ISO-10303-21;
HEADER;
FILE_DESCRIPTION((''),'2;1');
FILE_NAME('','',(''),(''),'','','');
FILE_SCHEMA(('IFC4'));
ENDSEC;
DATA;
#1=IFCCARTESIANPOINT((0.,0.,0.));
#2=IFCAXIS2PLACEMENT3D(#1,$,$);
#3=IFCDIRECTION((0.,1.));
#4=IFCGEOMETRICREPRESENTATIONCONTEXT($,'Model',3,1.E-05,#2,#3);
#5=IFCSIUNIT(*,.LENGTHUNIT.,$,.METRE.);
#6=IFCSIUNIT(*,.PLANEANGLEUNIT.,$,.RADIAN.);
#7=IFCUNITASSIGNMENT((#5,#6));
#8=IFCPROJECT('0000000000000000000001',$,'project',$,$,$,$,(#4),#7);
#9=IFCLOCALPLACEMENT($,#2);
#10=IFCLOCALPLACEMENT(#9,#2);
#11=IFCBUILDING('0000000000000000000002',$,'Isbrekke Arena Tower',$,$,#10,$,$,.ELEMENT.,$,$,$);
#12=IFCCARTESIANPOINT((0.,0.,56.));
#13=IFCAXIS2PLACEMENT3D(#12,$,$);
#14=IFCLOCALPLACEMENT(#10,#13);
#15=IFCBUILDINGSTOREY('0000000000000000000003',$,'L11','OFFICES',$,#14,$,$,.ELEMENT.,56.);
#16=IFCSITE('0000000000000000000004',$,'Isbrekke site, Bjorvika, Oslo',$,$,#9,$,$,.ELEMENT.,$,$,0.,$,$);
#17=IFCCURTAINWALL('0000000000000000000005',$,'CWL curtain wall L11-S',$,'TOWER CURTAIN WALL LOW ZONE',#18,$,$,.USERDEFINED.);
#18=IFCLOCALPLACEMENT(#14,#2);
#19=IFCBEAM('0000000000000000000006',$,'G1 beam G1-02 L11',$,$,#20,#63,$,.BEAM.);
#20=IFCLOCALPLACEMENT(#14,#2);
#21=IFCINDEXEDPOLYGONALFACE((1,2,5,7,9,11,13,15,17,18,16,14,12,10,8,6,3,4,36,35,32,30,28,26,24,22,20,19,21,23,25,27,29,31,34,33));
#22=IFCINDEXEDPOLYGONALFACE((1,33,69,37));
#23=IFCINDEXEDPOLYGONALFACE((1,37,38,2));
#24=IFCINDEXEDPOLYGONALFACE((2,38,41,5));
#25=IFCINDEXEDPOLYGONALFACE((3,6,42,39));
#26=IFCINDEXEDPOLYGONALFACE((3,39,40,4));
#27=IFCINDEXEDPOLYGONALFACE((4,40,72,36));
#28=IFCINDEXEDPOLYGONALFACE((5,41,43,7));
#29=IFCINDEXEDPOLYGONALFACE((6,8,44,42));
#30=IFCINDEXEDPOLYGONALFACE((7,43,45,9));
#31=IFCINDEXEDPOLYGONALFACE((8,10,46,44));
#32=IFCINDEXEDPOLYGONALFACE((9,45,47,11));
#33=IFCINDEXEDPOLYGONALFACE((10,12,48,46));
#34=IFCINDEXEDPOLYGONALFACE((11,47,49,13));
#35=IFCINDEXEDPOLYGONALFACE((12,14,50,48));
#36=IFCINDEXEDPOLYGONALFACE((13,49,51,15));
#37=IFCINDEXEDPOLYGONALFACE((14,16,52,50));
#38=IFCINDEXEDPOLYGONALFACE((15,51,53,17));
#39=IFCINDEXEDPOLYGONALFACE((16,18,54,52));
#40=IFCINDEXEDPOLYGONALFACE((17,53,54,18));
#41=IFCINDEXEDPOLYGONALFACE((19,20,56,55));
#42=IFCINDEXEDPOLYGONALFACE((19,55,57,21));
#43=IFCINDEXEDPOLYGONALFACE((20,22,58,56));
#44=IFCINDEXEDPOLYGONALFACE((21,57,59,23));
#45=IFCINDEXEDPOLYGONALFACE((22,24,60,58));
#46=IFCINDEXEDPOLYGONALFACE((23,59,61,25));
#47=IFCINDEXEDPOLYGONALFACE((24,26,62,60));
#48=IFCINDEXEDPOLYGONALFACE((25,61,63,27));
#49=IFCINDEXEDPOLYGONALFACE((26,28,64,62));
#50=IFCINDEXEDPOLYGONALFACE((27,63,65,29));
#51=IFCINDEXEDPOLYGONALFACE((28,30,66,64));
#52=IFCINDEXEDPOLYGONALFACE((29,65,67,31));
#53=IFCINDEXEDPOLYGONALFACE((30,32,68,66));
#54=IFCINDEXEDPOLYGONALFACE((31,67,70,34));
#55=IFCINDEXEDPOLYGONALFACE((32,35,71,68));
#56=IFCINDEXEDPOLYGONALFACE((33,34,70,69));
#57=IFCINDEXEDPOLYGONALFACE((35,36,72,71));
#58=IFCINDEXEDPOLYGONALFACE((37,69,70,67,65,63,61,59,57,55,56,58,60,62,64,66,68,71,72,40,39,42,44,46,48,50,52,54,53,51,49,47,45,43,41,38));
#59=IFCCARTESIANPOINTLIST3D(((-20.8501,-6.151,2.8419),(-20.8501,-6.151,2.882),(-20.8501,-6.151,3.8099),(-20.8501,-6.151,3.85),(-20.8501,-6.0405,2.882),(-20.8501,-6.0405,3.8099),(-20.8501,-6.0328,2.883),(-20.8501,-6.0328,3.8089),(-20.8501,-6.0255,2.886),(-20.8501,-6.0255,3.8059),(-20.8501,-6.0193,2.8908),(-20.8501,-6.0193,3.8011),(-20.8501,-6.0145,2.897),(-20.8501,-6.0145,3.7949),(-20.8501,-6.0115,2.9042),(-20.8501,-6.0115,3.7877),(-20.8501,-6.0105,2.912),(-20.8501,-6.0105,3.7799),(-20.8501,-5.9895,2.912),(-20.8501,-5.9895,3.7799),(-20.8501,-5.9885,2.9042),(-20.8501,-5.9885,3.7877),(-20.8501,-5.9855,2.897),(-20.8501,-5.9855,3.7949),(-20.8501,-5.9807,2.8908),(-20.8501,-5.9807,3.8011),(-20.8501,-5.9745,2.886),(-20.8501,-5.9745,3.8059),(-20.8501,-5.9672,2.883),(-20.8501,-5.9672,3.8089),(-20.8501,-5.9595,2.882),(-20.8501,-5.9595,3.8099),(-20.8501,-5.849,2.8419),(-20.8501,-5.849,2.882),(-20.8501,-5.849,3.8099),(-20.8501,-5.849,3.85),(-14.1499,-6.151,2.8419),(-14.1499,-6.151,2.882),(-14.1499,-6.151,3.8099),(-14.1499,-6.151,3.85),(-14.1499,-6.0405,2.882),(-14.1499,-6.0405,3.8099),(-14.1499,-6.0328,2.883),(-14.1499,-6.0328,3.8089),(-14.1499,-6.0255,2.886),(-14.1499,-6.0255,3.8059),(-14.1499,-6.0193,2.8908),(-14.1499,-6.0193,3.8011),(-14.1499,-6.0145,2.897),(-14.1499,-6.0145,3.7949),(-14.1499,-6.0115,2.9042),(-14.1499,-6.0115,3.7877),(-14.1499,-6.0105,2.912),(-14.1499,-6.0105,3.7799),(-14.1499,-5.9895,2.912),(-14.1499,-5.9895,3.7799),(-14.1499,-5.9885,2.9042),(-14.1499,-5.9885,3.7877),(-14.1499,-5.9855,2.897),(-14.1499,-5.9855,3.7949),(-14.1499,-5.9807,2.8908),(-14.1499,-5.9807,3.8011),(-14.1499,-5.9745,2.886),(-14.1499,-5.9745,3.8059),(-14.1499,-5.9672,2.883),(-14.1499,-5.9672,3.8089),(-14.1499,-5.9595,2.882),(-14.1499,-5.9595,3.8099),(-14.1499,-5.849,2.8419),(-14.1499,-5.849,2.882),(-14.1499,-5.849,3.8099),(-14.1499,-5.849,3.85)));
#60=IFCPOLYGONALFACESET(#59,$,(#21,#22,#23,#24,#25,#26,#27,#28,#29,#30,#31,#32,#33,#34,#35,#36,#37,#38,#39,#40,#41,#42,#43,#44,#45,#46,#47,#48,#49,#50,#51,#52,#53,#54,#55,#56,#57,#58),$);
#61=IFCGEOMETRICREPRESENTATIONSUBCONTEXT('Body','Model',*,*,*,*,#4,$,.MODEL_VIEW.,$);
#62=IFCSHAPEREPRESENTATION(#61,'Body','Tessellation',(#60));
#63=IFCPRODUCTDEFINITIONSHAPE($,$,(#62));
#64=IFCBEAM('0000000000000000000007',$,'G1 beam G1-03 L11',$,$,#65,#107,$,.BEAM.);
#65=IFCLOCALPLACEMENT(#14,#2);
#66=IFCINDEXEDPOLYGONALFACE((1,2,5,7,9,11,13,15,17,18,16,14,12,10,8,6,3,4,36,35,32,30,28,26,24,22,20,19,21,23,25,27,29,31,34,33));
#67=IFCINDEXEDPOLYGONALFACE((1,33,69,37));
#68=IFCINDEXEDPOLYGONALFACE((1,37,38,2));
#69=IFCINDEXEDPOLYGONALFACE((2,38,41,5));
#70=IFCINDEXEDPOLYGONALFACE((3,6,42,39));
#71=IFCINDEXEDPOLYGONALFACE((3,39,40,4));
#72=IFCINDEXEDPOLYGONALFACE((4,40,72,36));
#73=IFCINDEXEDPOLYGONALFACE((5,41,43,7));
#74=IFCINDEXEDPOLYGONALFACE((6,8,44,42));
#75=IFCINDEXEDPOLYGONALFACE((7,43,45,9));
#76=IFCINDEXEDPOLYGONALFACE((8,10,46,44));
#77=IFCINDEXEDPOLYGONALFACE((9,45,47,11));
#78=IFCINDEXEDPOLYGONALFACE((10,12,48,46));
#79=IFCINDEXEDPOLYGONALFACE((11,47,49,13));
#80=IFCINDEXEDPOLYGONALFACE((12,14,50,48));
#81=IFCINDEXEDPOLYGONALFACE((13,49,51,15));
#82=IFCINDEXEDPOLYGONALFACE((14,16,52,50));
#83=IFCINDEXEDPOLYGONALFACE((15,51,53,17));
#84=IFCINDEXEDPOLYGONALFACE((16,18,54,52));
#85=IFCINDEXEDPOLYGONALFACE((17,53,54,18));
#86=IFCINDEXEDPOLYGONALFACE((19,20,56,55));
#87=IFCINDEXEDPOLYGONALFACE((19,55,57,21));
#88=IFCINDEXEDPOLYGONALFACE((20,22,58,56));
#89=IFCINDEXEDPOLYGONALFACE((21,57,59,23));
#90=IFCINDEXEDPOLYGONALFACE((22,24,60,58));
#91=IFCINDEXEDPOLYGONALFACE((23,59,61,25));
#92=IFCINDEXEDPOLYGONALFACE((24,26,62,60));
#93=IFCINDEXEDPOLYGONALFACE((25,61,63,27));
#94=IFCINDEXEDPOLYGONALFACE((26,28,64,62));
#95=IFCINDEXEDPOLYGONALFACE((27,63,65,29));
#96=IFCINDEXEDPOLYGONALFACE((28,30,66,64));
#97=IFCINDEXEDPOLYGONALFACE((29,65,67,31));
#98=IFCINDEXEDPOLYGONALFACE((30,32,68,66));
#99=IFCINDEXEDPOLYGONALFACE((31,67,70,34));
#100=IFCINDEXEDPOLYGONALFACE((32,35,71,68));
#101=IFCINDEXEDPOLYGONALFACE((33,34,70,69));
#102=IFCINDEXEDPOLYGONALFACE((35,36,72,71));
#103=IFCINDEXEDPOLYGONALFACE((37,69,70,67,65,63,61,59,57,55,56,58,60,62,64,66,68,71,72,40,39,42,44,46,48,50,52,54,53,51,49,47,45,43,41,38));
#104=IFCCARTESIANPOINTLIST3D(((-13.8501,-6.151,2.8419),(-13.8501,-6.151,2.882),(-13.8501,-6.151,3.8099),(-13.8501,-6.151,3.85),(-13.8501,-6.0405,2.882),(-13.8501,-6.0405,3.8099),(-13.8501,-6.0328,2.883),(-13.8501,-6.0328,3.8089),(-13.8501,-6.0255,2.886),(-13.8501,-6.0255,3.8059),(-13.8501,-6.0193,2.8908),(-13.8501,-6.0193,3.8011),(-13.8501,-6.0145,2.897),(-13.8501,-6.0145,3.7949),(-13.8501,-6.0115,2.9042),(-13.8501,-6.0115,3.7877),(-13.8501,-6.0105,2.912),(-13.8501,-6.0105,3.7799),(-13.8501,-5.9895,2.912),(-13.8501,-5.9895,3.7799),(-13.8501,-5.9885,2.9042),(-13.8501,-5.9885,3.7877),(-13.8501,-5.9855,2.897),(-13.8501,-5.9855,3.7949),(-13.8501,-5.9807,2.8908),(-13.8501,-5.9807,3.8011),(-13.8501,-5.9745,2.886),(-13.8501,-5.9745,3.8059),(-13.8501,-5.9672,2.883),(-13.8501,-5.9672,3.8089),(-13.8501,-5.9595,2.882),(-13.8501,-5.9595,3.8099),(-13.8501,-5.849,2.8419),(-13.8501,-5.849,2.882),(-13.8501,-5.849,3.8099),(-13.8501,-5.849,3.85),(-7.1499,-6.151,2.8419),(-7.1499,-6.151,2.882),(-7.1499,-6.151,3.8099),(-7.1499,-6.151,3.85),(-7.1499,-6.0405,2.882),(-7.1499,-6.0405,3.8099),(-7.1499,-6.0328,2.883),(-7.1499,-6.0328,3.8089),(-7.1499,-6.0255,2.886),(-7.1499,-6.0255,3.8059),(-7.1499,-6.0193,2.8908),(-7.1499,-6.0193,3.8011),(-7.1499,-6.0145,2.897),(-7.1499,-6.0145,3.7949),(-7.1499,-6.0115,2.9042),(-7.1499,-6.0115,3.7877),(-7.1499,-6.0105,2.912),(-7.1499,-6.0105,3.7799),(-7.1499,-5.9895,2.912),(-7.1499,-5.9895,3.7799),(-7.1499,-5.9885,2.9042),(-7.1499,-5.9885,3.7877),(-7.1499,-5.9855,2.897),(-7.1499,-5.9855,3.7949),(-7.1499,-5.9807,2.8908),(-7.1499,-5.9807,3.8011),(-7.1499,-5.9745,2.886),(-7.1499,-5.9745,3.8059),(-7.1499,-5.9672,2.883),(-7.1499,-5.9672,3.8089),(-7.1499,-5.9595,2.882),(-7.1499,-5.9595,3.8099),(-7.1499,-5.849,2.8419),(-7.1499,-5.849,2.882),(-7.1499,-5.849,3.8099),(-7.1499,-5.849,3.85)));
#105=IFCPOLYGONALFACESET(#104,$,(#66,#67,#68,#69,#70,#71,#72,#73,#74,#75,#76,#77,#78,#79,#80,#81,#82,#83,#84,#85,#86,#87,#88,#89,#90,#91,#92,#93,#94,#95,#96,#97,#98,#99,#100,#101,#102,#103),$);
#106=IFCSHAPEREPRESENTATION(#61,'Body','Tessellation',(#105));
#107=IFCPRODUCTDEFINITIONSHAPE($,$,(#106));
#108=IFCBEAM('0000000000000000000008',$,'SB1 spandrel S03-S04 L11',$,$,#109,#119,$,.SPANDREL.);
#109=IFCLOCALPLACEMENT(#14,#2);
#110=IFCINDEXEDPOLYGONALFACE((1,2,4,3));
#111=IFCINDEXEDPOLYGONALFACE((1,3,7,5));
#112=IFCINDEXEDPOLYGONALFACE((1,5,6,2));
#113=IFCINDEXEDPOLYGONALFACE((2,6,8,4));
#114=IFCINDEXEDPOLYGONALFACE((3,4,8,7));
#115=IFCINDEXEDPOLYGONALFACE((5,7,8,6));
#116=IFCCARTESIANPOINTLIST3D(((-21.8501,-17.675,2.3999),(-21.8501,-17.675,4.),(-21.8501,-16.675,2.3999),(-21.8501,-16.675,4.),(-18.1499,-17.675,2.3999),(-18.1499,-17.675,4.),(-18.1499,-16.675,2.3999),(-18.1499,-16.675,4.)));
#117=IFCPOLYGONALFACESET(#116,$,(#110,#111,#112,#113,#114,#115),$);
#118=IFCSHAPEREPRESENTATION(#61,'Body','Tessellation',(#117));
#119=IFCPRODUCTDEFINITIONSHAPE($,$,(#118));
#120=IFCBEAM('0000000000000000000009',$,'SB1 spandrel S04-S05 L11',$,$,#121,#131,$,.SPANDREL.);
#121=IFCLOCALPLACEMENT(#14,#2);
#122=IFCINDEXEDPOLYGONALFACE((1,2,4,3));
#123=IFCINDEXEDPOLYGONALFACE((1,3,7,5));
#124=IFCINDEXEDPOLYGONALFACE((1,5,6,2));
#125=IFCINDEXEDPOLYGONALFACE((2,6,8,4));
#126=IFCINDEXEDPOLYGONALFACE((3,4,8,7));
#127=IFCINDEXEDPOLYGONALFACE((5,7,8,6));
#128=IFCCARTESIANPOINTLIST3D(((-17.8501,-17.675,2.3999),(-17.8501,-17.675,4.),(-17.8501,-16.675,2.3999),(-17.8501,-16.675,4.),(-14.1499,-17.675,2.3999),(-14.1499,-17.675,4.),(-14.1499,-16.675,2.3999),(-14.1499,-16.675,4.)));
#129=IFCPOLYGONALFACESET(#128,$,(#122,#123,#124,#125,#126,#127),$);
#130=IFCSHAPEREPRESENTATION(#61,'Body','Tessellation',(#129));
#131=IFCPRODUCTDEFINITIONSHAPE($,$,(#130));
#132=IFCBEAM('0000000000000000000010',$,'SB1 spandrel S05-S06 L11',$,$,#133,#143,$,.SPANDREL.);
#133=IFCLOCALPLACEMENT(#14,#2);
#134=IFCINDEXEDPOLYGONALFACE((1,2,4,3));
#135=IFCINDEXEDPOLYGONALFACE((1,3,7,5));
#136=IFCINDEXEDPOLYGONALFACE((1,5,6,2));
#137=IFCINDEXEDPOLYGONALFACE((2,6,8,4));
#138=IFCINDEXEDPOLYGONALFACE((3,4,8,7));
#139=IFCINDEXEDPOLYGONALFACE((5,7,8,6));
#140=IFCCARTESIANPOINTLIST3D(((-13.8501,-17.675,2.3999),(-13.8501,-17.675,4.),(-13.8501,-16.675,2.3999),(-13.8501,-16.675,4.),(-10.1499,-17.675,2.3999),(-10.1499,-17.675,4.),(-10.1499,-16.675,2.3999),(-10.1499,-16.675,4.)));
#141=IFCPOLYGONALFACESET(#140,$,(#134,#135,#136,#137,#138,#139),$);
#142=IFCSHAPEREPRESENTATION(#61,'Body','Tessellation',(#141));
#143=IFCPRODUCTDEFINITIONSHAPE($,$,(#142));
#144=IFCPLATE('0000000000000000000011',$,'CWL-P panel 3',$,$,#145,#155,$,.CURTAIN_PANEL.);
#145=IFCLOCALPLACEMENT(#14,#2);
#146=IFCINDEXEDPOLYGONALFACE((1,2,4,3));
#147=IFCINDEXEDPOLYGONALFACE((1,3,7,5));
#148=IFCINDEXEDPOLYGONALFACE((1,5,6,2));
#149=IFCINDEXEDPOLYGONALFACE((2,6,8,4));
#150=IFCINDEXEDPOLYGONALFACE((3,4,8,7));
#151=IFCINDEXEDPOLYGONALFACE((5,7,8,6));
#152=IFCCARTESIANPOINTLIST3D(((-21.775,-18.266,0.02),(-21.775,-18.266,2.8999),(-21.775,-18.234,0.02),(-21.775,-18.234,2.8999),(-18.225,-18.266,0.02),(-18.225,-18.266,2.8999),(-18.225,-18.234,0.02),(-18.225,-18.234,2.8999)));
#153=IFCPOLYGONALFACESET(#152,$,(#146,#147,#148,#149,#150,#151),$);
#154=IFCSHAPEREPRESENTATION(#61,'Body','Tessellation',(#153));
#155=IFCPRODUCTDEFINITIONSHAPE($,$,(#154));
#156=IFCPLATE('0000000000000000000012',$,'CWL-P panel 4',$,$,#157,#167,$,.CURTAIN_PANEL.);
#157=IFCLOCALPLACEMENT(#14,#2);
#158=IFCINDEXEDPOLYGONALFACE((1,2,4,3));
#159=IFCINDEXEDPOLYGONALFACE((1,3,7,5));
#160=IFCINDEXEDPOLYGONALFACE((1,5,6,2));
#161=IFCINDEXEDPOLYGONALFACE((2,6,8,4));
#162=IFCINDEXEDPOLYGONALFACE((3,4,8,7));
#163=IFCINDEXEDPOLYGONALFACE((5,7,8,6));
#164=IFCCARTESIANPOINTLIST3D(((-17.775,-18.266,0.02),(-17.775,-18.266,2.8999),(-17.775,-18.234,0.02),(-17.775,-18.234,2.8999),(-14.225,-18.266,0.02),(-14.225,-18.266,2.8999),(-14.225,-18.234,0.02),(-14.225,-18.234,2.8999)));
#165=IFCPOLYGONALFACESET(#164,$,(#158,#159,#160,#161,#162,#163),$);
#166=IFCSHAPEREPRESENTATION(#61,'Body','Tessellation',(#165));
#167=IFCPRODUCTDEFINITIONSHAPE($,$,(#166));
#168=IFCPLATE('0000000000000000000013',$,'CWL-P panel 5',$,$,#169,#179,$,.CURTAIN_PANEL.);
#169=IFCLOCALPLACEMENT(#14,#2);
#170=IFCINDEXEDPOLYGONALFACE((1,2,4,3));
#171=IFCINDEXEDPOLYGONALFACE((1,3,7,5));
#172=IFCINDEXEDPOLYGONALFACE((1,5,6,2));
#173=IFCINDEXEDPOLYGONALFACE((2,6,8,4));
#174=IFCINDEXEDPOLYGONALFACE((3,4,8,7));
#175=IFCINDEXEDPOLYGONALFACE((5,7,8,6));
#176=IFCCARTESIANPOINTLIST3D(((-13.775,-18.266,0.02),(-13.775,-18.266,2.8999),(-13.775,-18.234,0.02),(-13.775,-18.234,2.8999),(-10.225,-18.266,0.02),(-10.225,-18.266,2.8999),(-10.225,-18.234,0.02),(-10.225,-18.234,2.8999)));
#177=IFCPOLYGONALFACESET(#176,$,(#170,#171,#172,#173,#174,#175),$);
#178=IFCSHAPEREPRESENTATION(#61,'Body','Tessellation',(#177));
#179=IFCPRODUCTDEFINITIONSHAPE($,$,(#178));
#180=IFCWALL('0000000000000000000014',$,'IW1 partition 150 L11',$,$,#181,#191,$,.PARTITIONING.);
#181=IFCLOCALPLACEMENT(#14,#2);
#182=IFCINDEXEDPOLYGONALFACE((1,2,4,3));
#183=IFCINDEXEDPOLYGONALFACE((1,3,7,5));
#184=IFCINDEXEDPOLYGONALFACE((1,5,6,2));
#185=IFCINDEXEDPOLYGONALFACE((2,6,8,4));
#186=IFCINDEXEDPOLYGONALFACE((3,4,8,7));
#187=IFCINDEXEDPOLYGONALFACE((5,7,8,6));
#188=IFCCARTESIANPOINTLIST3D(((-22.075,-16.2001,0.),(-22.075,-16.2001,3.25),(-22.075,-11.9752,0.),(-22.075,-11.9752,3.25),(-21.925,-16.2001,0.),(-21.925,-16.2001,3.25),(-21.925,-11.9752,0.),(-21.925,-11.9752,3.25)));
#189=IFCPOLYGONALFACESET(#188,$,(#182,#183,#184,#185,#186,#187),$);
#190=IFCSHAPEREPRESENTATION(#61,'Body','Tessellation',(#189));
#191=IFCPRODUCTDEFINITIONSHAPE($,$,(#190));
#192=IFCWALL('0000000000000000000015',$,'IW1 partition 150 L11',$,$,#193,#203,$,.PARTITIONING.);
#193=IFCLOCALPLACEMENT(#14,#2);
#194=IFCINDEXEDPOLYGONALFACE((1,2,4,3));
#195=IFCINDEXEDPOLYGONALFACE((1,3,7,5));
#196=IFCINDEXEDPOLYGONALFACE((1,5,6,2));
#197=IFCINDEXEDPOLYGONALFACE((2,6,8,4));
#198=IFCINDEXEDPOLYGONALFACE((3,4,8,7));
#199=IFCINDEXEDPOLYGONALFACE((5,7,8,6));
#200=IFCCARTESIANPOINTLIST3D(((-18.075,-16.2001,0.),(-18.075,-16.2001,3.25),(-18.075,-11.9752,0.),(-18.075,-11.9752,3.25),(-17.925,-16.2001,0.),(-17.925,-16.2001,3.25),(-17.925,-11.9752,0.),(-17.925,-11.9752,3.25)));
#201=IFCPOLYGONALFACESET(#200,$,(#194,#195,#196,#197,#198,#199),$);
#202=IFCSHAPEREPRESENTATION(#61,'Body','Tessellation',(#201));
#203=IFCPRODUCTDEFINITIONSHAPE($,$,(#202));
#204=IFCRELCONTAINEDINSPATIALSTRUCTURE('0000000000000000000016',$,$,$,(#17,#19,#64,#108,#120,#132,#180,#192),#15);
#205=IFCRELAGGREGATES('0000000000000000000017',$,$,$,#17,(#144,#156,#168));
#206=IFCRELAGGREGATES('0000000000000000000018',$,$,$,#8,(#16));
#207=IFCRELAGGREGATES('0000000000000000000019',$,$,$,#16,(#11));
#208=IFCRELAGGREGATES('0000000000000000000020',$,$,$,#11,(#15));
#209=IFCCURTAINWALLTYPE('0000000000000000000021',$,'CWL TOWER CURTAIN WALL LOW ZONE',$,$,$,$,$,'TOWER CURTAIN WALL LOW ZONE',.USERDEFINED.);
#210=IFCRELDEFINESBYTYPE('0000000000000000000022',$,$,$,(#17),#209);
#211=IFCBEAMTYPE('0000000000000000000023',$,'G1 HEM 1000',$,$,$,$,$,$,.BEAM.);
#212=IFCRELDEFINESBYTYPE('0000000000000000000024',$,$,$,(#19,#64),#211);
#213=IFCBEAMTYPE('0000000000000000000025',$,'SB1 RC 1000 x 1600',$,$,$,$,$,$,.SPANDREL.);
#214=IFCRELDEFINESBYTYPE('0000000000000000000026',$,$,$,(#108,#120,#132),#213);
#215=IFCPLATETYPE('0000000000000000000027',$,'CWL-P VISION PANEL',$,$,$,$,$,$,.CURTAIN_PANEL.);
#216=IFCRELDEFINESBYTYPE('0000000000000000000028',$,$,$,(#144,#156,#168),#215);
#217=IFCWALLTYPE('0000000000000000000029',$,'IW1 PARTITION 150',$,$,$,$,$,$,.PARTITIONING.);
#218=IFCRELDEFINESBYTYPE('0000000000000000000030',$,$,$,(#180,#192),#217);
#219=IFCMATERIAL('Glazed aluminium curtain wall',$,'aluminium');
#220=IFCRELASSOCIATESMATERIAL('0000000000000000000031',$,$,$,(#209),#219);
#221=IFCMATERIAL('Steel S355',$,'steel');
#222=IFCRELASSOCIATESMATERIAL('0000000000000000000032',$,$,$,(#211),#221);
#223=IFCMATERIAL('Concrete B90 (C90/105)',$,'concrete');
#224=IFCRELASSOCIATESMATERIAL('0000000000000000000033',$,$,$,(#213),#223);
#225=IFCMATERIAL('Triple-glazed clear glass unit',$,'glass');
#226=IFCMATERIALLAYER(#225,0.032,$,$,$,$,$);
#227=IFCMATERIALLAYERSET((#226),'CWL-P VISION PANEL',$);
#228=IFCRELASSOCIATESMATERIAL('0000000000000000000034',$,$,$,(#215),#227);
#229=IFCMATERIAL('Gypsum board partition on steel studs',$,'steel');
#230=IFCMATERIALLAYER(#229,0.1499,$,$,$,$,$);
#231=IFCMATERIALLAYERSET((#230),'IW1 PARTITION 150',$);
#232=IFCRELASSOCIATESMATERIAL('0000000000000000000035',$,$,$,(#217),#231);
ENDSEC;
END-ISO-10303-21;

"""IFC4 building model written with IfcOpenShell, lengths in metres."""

from ifc_helpers import new_model, si_unit, direction, frame, frame_2d, origin, origin_2d, place, context, subcontext, project, spatial, rectangle, i_section, extrude, material, layer, layer_set, material_profile, profile_set, type_object, element, aggregate, save


model = new_model("IFC4")

# Units and contexts
model_context = context("Model", 3, precision=1e-05, world=origin(), true_north=direction((0.0, 1.0)))
body_context = subcontext(model_context, "Body", "Model", "MODEL_VIEW")
ifc_project = project(units=[si_unit("LENGTHUNIT", "METRE"), si_unit("PLANEANGLEUNIT", "RADIAN")], contexts=[model_context])

# Site, building, storey
site_placement = place(None, origin())
site = spatial("IfcSite", under=ifc_project, at=site_placement, Name="Isbrekke site, Bjorvika, Oslo", CompositionType="ELEMENT", RefElevation=0.0)
building_placement = place(site_placement, origin())
building = spatial("IfcBuilding", under=site, at=building_placement, Name="Isbrekke Arena Tower", CompositionType="ELEMENT")
storey_placement = place(building_placement, frame((0.0, 0.0, 56.0)))
storey = spatial("IfcBuildingStorey", under=building, at=storey_placement, Name="L11", Description="OFFICES", CompositionType="ELEMENT", Elevation=56.0)

# Curtain wall
ifc_material_1 = material(Name="Glazed aluminium curtain wall", Category="aluminium")
curtain_wall_type = type_object("IfcCurtainWallType", Name="CWL TOWER CURTAIN WALL LOW ZONE", ElementType="TOWER CURTAIN WALL LOW ZONE", PredefinedType="USERDEFINED", material=ifc_material_1)
curtain_wall_placement = place(storey_placement, origin())
curtain_wall = element("IfcCurtainWall", 1, at=curtain_wall_placement, inside=storey, type_object=curtain_wall_type, Name="CWL curtain wall L11-S", ObjectType="TOWER CURTAIN WALL LOW ZONE", PredefinedType="USERDEFINED")

# Beams
ifc_material_2 = material(Name="Steel S355", Category="steel")
ifc_material_profile_1 = material_profile(ifc_material_2, i_section(OverallWidth=0.302, OverallDepth=1.0081, WebThickness=0.021, FlangeThickness=0.04, FilletRadius=0.03, at=origin_2d()), Name="HEM 1000")
ifc_profile_set_1 = profile_set([ifc_material_profile_1], Name="Steel S355")
beam_type_1 = type_object("IfcBeamType", Name="G1 HEM 1000", PredefinedType="BEAM", material=ifc_profile_set_1)
for number, where, z_axis, x_axis, name in (
    (2, (-20.8501, -6.0, 3.3459), (1.0, 0.0, 0.0), (0.0, 1.0, 0.0), "G1 beam G1-02 L11"),
    (3, (-13.8501, -6.0, 3.3459), (1.0, 0.0, 0.0), (0.0, 1.0, 0.0), "G1 beam G1-03 L11"),
):
    element("IfcBeam", number, at=place(storey_placement, frame(where, z_axis=z_axis, x_axis=x_axis)), inside=storey, type_object=beam_type_1, Name=name, PredefinedType="BEAM", context=body_context, shape_type="SweptSolid", body=[
        extrude(i_section(OverallWidth=0.302, OverallDepth=1.0081, WebThickness=0.021, FlangeThickness=0.04, FilletRadius=0.03, at=origin_2d()), origin(), (0.0, 0.0, 1.0), 6.7002),
    ])
ifc_material_3 = material(Name="Concrete B90 (C90/105)", Category="concrete")
ifc_material_profile_2 = material_profile(ifc_material_3, rectangle(XDim=1.0, YDim=1.6001, at=origin_2d()), Name="RC 1000x1600")
ifc_profile_set_2 = profile_set([ifc_material_profile_2], Name="Concrete B90 (C90/105)")
beam_type_2 = type_object("IfcBeamType", Name="SB1 RC 1000 x 1600", PredefinedType="SPANDREL", material=ifc_profile_set_2)
for number, where, z_axis, x_axis, name in (
    (4, (-21.8501, -17.175, 3.2), (1.0, 0.0, 0.0), (0.0, 1.0, 0.0), "SB1 spandrel S03-S04 L11"),
    (5, (-17.8501, -17.175, 3.2), (1.0, 0.0, 0.0), (0.0, 1.0, 0.0), "SB1 spandrel S04-S05 L11"),
    (6, (-13.8501, -17.175, 3.2), (1.0, 0.0, 0.0), (0.0, 1.0, 0.0), "SB1 spandrel S05-S06 L11"),
):
    element("IfcBeam", number, at=place(storey_placement, frame(where, z_axis=z_axis, x_axis=x_axis)), inside=storey, type_object=beam_type_2, Name=name, PredefinedType="SPANDREL", context=body_context, shape_type="SweptSolid", body=[
        extrude(rectangle(XDim=1.0, YDim=1.6001, at=origin_2d()), origin(), (0.0, 0.0, 1.0), 3.7002),
    ])

# Plates
ifc_material_4 = material(Name="Triple-glazed clear glass unit", Category="glass")
ifc_layer_1 = layer(ifc_material_4, 0.032)
ifc_layer_set_1 = layer_set([ifc_layer_1], Name="CWL-P VISION PANEL")
plate_type = type_object("IfcPlateType", Name="CWL-P VISION PANEL", PredefinedType="CURTAIN_PANEL", material=ifc_layer_set_1)
plate_1_placement = place(storey_placement, frame((-20.0, -18.25, 0.02), z_axis=(0.0, 0.0, 1.0), x_axis=(1.0, 0.0, 0.0)))
plate_1 = element("IfcPlate", 7, at=plate_1_placement, type_object=plate_type, Name="CWL-P panel 3", PredefinedType="CURTAIN_PANEL", context=body_context, shape_type="SweptSolid", body=[
    extrude(rectangle(XDim=3.55, YDim=0.032, at=origin_2d()), origin(), (0.0, 0.0, 1.0), 2.8799),
])
plate_2_placement = place(storey_placement, frame((-16.0, -18.25, 0.02), z_axis=(0.0, 0.0, 1.0), x_axis=(1.0, 0.0, 0.0)))
plate_2 = element("IfcPlate", 8, at=plate_2_placement, type_object=plate_type, Name="CWL-P panel 4", PredefinedType="CURTAIN_PANEL", context=body_context, shape_type="SweptSolid", body=[
    extrude(rectangle(XDim=3.55, YDim=0.032, at=origin_2d()), origin(), (0.0, 0.0, 1.0), 2.8799),
])
plate_3_placement = place(storey_placement, frame((-12.0, -18.25, 0.02), z_axis=(0.0, 0.0, 1.0), x_axis=(1.0, 0.0, 0.0)))
plate_3 = element("IfcPlate", 9, at=plate_3_placement, type_object=plate_type, Name="CWL-P panel 5", PredefinedType="CURTAIN_PANEL", context=body_context, shape_type="SweptSolid", body=[
    extrude(rectangle(XDim=3.55, YDim=0.032, at=origin_2d()), origin(), (0.0, 0.0, 1.0), 2.8799),
])
aggregate(curtain_wall, [plate_1, plate_2, plate_3])

# Walls
ifc_material_5 = material(Name="Gypsum board partition on steel studs", Category="steel")
ifc_layer_2 = layer(ifc_material_5, 0.1499)
ifc_layer_set_2 = layer_set([ifc_layer_2], Name="IW1 PARTITION 150")
wall_type_1 = type_object("IfcWallType", Name="IW1 PARTITION 150", PredefinedType="PARTITIONING", material=ifc_layer_set_2)
for number, where, z_axis, x_axis, name in (
    (10, (-22.0, -16.2, 0.0), (0.0, 0.0, 1.0), (0.0, 1.0, 0.0), "IW1 partition 150 L11"),
    (11, (-18.0, -16.2, 0.0), (0.0, 0.0, 1.0), (0.0, 1.0, 0.0), "IW1 partition 150 L11"),
):
    element("IfcWall", number, at=place(storey_placement, frame(where, z_axis=z_axis, x_axis=x_axis)), inside=storey, type_object=wall_type_1, Name=name, PredefinedType="PARTITIONING", context=body_context, shape_type="SweptSolid", body=[
        extrude(rectangle(XDim=4.2249, YDim=0.1499, at=frame_2d((2.1123, 0.0))), origin(), (0.0, 0.0, 1.0), 3.25),
    ])

save(model, "model.ifc")
